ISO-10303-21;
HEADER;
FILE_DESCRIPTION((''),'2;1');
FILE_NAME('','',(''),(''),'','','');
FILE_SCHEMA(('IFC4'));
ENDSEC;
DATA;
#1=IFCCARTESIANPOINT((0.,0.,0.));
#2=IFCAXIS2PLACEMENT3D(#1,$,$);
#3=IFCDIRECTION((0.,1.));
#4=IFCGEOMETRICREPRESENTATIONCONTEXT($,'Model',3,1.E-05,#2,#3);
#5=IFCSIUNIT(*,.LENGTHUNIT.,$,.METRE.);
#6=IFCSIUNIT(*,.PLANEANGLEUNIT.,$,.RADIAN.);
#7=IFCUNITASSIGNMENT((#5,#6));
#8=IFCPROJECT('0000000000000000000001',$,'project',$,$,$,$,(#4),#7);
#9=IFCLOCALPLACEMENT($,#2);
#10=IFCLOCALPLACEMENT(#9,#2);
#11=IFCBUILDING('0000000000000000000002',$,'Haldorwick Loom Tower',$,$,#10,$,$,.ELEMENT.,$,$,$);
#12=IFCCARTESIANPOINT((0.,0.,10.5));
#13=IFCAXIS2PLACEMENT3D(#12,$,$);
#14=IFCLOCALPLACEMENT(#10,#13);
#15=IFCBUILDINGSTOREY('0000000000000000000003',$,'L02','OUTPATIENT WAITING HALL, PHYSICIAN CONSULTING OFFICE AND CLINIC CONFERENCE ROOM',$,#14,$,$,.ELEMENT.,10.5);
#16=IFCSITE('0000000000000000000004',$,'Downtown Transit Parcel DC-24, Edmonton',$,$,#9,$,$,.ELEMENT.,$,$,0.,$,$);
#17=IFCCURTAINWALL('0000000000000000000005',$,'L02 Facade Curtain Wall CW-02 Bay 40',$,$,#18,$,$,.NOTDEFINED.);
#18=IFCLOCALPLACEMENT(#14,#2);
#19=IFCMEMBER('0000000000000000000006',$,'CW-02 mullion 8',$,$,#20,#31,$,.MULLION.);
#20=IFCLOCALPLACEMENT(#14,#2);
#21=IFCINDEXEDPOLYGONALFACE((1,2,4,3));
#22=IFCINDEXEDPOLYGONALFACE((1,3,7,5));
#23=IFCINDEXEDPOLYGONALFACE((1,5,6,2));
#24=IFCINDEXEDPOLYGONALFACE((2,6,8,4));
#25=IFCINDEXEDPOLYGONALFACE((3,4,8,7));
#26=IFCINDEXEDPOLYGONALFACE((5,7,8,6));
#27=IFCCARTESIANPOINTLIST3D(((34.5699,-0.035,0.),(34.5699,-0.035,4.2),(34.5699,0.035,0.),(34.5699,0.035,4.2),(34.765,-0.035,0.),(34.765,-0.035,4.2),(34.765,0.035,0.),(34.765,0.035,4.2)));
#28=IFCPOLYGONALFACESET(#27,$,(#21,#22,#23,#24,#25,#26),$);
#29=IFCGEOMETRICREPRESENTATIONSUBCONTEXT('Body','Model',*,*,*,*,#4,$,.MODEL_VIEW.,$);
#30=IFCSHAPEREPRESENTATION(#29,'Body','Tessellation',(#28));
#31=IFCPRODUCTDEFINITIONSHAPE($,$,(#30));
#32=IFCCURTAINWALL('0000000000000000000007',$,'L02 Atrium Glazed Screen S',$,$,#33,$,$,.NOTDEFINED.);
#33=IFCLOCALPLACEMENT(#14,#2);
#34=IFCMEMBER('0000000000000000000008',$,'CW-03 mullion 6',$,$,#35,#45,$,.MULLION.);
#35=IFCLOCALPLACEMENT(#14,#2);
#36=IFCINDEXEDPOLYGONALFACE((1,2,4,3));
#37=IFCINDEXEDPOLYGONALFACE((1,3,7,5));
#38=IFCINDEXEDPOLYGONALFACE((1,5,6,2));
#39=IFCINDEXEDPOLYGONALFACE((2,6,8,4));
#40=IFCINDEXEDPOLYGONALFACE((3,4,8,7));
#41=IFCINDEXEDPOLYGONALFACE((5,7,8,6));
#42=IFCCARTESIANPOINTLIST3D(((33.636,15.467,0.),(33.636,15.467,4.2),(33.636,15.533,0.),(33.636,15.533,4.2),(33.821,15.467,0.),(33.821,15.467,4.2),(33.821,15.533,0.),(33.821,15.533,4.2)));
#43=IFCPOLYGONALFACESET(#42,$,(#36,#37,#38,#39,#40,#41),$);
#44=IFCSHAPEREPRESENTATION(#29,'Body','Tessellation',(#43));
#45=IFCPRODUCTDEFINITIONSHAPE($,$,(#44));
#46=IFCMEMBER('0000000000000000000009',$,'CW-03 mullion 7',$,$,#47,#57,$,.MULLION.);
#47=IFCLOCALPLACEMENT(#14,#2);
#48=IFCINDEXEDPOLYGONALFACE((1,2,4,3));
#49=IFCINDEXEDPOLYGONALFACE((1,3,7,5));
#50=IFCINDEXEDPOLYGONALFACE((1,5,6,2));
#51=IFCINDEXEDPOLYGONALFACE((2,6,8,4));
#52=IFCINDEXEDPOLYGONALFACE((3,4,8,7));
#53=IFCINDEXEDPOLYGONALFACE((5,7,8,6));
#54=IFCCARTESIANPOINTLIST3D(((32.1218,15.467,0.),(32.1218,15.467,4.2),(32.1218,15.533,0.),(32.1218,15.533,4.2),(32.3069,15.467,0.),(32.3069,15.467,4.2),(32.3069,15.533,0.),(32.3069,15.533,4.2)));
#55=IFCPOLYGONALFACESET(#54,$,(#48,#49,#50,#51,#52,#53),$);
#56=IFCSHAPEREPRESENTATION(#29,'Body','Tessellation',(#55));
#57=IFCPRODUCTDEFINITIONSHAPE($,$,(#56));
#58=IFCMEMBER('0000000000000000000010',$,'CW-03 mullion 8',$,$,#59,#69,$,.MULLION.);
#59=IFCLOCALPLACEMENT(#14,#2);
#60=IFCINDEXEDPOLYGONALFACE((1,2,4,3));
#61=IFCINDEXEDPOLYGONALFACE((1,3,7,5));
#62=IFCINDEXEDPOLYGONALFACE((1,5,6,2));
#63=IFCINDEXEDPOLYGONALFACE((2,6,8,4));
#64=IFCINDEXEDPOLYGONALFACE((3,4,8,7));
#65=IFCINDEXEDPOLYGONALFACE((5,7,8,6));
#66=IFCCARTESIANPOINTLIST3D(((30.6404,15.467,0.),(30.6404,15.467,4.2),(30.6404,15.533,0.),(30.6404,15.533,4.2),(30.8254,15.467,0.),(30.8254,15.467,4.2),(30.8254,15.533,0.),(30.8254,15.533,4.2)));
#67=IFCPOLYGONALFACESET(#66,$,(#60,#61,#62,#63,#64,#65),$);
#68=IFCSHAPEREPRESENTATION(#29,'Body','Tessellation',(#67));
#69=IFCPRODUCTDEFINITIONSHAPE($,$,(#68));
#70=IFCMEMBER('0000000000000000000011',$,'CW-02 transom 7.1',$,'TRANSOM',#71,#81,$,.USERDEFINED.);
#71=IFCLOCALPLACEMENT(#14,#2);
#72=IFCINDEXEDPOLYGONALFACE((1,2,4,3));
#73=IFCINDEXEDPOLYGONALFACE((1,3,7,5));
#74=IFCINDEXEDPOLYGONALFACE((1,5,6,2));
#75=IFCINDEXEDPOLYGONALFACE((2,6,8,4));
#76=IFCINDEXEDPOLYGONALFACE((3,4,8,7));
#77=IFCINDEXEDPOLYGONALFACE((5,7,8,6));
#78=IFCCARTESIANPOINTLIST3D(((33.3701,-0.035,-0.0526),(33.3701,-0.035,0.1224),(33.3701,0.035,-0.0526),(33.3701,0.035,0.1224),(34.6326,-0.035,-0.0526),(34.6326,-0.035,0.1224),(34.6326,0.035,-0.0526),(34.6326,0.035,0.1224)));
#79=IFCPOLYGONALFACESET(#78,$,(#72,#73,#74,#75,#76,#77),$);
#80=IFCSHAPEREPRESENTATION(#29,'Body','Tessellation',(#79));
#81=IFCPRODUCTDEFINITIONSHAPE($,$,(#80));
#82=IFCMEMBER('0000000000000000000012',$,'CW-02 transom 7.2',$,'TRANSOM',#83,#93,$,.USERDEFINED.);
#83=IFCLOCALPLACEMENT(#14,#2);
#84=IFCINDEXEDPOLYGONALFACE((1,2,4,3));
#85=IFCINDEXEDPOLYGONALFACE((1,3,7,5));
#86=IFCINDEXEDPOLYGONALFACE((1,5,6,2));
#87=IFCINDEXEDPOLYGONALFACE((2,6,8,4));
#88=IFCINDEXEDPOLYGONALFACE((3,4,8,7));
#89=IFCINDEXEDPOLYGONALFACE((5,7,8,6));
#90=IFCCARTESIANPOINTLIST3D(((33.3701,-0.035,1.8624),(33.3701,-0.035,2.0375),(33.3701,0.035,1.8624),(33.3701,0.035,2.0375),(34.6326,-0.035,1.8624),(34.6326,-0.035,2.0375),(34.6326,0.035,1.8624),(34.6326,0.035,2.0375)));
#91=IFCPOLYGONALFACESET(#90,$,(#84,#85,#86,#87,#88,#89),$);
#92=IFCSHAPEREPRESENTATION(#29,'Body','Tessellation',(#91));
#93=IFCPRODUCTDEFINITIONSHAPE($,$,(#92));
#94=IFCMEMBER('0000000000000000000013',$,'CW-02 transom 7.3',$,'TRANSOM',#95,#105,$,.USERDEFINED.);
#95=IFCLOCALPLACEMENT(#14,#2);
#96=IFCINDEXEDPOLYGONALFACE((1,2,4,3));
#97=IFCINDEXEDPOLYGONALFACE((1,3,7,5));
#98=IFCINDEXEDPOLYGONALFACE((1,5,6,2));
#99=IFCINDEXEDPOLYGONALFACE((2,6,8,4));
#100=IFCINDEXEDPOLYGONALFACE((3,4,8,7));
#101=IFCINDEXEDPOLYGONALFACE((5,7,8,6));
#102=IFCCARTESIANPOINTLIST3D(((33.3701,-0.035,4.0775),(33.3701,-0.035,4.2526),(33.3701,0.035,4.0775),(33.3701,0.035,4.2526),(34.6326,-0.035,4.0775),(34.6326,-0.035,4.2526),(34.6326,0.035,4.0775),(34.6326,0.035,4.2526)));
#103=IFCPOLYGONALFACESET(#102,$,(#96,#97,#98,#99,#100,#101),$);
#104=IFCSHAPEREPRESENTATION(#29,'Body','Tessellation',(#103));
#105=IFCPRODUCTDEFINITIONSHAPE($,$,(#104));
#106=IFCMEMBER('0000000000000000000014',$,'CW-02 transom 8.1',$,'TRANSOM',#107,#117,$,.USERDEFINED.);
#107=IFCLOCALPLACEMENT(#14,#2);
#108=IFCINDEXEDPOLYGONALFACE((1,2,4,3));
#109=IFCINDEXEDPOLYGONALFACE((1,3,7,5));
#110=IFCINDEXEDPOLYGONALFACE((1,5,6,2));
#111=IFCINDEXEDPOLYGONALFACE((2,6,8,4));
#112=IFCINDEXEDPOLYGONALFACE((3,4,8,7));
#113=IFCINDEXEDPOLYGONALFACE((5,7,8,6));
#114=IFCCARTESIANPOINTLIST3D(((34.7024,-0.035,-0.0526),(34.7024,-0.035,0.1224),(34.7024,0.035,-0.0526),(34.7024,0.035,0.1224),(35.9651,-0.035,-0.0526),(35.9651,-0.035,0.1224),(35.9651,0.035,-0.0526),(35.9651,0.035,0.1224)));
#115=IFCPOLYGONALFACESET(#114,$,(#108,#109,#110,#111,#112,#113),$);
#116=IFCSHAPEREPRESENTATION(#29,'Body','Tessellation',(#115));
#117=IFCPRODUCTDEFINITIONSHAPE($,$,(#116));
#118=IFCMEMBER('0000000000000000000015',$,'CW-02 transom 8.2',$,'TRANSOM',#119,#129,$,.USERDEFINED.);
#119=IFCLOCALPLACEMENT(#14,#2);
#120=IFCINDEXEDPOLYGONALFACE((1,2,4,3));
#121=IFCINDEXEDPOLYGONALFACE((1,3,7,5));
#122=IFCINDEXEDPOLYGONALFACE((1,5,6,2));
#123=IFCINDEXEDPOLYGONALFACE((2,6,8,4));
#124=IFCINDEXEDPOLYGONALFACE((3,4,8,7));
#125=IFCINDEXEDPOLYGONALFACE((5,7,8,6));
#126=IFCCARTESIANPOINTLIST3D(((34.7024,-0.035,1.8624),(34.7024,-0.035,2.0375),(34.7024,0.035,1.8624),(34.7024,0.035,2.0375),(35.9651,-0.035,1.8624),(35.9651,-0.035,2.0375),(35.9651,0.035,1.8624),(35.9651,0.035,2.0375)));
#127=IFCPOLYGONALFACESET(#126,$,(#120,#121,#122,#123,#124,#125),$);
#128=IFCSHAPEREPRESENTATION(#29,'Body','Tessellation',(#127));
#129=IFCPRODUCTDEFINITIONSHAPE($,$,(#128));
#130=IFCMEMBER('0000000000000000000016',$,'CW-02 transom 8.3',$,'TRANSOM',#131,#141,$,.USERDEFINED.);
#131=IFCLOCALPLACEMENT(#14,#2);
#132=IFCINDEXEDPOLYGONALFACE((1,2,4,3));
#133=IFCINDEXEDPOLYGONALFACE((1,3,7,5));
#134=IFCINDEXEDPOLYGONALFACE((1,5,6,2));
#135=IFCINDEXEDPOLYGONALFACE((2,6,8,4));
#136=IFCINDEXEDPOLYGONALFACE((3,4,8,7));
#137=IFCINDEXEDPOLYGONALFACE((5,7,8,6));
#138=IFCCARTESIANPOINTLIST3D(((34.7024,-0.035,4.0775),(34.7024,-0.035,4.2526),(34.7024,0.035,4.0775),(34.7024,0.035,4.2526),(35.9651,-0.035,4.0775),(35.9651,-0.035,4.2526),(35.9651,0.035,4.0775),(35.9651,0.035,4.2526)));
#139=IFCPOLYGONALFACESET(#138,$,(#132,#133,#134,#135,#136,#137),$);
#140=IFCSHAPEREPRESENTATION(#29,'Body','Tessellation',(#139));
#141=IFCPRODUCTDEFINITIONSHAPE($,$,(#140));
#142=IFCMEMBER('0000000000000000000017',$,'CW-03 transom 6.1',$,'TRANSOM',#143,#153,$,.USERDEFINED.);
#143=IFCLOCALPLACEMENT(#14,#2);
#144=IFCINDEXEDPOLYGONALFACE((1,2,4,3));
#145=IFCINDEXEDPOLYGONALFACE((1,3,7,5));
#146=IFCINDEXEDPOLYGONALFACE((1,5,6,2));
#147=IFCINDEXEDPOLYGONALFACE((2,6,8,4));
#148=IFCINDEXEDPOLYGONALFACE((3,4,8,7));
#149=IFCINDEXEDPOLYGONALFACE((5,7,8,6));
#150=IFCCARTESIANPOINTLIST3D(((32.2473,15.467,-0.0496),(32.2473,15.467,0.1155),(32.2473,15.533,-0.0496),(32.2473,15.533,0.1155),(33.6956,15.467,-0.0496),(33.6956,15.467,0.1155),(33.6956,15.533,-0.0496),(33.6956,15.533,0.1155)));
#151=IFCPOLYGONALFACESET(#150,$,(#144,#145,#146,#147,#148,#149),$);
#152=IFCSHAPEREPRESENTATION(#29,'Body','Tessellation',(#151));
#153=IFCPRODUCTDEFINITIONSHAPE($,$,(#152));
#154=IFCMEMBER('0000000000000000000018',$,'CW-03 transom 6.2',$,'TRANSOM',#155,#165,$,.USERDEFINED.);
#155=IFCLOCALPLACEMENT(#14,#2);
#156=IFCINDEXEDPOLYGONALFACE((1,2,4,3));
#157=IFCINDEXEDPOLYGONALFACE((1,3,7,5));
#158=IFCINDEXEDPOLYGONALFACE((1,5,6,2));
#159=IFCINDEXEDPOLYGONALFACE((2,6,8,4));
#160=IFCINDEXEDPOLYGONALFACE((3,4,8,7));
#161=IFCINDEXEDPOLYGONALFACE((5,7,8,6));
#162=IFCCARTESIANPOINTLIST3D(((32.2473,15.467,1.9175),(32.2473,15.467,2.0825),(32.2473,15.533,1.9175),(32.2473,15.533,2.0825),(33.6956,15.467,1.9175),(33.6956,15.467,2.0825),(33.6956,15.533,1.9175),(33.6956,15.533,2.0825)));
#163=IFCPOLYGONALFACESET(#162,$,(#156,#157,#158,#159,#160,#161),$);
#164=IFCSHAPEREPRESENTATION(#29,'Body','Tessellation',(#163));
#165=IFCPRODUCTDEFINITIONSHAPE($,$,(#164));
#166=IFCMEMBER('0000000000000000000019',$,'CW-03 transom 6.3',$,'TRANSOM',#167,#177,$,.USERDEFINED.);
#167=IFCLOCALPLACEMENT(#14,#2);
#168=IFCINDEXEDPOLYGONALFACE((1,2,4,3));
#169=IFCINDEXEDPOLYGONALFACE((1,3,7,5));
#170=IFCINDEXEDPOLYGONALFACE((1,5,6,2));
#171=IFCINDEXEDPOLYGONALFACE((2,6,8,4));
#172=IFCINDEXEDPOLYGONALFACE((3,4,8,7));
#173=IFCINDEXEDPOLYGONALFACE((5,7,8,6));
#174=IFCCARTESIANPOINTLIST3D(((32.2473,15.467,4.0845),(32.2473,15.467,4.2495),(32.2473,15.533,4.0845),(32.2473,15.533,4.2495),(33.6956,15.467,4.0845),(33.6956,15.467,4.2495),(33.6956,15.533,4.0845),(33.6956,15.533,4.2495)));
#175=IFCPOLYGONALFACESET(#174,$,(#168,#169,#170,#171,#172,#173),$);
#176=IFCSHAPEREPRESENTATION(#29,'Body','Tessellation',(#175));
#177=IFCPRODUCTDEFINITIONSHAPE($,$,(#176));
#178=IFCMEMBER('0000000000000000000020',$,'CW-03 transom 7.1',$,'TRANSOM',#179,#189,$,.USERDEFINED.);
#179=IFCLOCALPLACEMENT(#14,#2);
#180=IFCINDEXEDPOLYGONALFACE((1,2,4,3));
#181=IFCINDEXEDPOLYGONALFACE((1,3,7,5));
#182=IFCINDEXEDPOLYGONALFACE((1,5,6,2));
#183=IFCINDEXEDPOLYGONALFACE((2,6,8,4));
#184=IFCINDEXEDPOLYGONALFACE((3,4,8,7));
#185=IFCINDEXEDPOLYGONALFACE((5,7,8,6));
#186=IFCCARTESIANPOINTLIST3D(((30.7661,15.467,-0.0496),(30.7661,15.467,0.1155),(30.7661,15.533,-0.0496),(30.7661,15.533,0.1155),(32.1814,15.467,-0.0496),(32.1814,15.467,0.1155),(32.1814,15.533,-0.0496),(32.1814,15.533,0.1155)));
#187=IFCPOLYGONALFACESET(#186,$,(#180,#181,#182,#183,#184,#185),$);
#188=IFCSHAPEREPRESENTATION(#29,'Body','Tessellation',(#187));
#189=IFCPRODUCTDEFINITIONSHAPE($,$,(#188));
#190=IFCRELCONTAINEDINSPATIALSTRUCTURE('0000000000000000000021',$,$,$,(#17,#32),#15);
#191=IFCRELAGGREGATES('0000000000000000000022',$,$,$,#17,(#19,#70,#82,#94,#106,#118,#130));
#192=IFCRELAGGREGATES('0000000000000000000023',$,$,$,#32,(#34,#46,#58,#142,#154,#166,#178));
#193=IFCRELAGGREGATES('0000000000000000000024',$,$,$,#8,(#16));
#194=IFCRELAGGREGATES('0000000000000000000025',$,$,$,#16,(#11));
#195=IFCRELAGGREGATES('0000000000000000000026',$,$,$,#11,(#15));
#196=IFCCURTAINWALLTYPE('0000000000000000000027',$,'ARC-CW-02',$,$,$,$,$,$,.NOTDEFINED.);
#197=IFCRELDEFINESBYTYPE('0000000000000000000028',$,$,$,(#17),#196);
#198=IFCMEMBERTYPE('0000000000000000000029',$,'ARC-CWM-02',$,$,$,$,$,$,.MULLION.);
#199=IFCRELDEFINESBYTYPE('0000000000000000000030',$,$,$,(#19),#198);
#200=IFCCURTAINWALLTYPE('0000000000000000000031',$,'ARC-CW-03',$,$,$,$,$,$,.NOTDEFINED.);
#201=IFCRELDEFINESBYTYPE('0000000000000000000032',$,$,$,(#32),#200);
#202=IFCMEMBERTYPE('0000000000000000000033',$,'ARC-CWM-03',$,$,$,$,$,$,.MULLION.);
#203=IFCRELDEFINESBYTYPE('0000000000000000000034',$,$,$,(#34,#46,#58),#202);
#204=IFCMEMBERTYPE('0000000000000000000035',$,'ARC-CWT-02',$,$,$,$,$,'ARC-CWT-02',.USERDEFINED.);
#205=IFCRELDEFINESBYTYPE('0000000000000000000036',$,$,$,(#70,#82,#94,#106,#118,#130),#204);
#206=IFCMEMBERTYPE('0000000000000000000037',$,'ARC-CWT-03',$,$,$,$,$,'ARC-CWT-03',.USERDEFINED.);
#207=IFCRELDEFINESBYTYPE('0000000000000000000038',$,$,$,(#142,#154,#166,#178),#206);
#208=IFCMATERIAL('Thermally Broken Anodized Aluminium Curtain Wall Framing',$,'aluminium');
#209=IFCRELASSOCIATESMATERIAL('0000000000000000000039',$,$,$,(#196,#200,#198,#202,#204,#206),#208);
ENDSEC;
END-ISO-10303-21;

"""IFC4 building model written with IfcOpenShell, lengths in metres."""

from ifc_helpers import new_model, si_unit, direction, frame, origin, origin_2d, place, context, subcontext, project, spatial, rectangle, extrude, material, material_profile, profile_set, type_object, element, aggregate, save


model = new_model("IFC4")

# Units and contexts
model_context = context("Model", 3, precision=1e-05, world=origin(), true_north=direction((0.0, 1.0)))
body_context = subcontext(model_context, "Body", "Model", "MODEL_VIEW")
ifc_project = project(units=[si_unit("LENGTHUNIT", "METRE"), si_unit("PLANEANGLEUNIT", "RADIAN")], contexts=[model_context])

# Site, building, storey
site_placement = place(None, origin())
site = spatial("IfcSite", under=ifc_project, at=site_placement, Name="Downtown Transit Parcel DC-24, Edmonton", CompositionType="ELEMENT", RefElevation=0.0)
building_placement = place(site_placement, origin())
building = spatial("IfcBuilding", under=site, at=building_placement, Name="Haldorwick Loom Tower", CompositionType="ELEMENT")
storey_placement = place(building_placement, frame((0.0, 0.0, 10.5)))
storey = spatial("IfcBuildingStorey", under=building, at=storey_placement, Name="L02", Description="OUTPATIENT WAITING HALL, PHYSICIAN CONSULTING OFFICE AND CLINIC CONFERENCE ROOM", CompositionType="ELEMENT", Elevation=10.5)

# Curtain wall, member
ifc_material_1 = material(Name="Thermally Broken Anodized Aluminium Curtain Wall Framing", Category="aluminium")
curtain_wall_type_1 = type_object("IfcCurtainWallType", Name="ARC-CW-02", PredefinedType="NOTDEFINED", material=ifc_material_1)
curtain_wall_1_placement = place(storey_placement, origin())
curtain_wall_1 = element("IfcCurtainWall", 1, at=curtain_wall_1_placement, inside=storey, type_object=curtain_wall_type_1, Name="L02 Facade Curtain Wall CW-02 Bay 40", PredefinedType="NOTDEFINED")
ifc_material_profile_1 = material_profile(ifc_material_1, rectangle(XDim=0.0701, YDim=0.1951, at=origin_2d()), Name="ALU_MUL_70X195", Category="aluminium")
ifc_profile_set_1 = profile_set([ifc_material_profile_1], Name="Thermally Broken Anodized Aluminium Curtain Wall Framing")
member_type_1 = type_object("IfcMemberType", Name="ARC-CWM-02", PredefinedType="MULLION", material=ifc_profile_set_1)
member_1_placement = place(storey_placement, frame((34.6675, 0.0, 0.0), z_axis=(0.0, 0.0, 1.0), x_axis=(0.0, 1.0, 0.0)))
member_1 = element("IfcMember", 2, at=member_1_placement, type_object=member_type_1, Name="CW-02 mullion 8", PredefinedType="MULLION", context=body_context, shape_type="SweptSolid", body=[
    extrude(rectangle(XDim=0.0701, YDim=0.1951, at=origin_2d()), origin(), (0.0, 0.0, 1.0), 4.2),
])

# Curtain wall, members
curtain_wall_type_2 = type_object("IfcCurtainWallType", Name="ARC-CW-03", PredefinedType="NOTDEFINED", material=ifc_material_1)
curtain_wall_2_placement = place(storey_placement, origin())
curtain_wall_2 = element("IfcCurtainWall", 3, at=curtain_wall_2_placement, inside=storey, type_object=curtain_wall_type_2, Name="L02 Atrium Glazed Screen S", PredefinedType="NOTDEFINED")
ifc_material_profile_2 = material_profile(ifc_material_1, rectangle(XDim=0.0659, YDim=0.1851, at=origin_2d()), Name="ALU_MUL_66X185", Category="aluminium")
ifc_profile_set_2 = profile_set([ifc_material_profile_2], Name="Thermally Broken Anodized Aluminium Curtain Wall Framing")
member_type_2 = type_object("IfcMemberType", Name="ARC-CWM-03", PredefinedType="MULLION", material=ifc_profile_set_2)
member_2_placement = place(storey_placement, frame((33.7285, 15.5, 0.0), z_axis=(0.0, 0.0, 1.0), x_axis=(0.0, -1.0, 0.0)))
member_2 = element("IfcMember", 4, at=member_2_placement, type_object=member_type_2, Name="CW-03 mullion 6", PredefinedType="MULLION", context=body_context, shape_type="SweptSolid", body=[
    extrude(rectangle(XDim=0.0659, YDim=0.1851, at=origin_2d()), origin(), (0.0, 0.0, 1.0), 4.2),
])
member_3_placement = place(storey_placement, frame((32.2144, 15.5, 0.0), z_axis=(0.0, 0.0, 1.0), x_axis=(0.0, -1.0, 0.0)))
member_3 = element("IfcMember", 5, at=member_3_placement, type_object=member_type_2, Name="CW-03 mullion 7", PredefinedType="MULLION", context=body_context, shape_type="SweptSolid", body=[
    extrude(rectangle(XDim=0.0659, YDim=0.1851, at=origin_2d()), origin(), (0.0, 0.0, 1.0), 4.2),
])
member_4_placement = place(storey_placement, frame((30.7329, 15.5, 0.0), z_axis=(0.0, 0.0, 1.0), x_axis=(0.0, -1.0, 0.0)))
member_4 = element("IfcMember", 6, at=member_4_placement, type_object=member_type_2, Name="CW-03 mullion 8", PredefinedType="MULLION", context=body_context, shape_type="SweptSolid", body=[
    extrude(rectangle(XDim=0.0659, YDim=0.1851, at=origin_2d()), origin(), (0.0, 0.0, 1.0), 4.2),
])

# Members
ifc_material_profile_3 = material_profile(ifc_material_1, rectangle(XDim=0.0701, YDim=0.175, at=origin_2d()), Name="ALU_TRN_70X175", Category="aluminium")
ifc_profile_set_3 = profile_set([ifc_material_profile_3], Name="Thermally Broken Anodized Aluminium Curtain Wall Framing")
member_type_3 = type_object("IfcMemberType", Name="ARC-CWT-02", ElementType="ARC-CWT-02", PredefinedType="USERDEFINED", material=ifc_profile_set_3)
member_5_placement = place(storey_placement, frame((33.3701, 0.0, 0.0349), z_axis=(1.0, 0.0, 0.0), x_axis=(0.0, 1.0, 0.0)))
member_5 = element("IfcMember", 7, at=member_5_placement, type_object=member_type_3, Name="CW-02 transom 7.1", ObjectType="TRANSOM", PredefinedType="USERDEFINED", context=body_context, shape_type="SweptSolid", body=[
    extrude(rectangle(XDim=0.0701, YDim=0.175, at=origin_2d()), origin(), (0.0, 0.0, 1.0), 1.2625),
])
member_6_placement = place(storey_placement, frame((33.3701, 0.0, 1.95), z_axis=(1.0, 0.0, 0.0), x_axis=(0.0, 1.0, 0.0)))
member_6 = element("IfcMember", 8, at=member_6_placement, type_object=member_type_3, Name="CW-02 transom 7.2", ObjectType="TRANSOM", PredefinedType="USERDEFINED", context=body_context, shape_type="SweptSolid", body=[
    extrude(rectangle(XDim=0.0701, YDim=0.175, at=origin_2d()), origin(), (0.0, 0.0, 1.0), 1.2625),
])
member_7_placement = place(storey_placement, frame((33.3701, 0.0, 4.165), z_axis=(1.0, 0.0, 0.0), x_axis=(0.0, 1.0, 0.0)))
member_7 = element("IfcMember", 9, at=member_7_placement, type_object=member_type_3, Name="CW-02 transom 7.3", ObjectType="TRANSOM", PredefinedType="USERDEFINED", context=body_context, shape_type="SweptSolid", body=[
    extrude(rectangle(XDim=0.0701, YDim=0.175, at=origin_2d()), origin(), (0.0, 0.0, 1.0), 1.2625),
])
member_8_placement = place(storey_placement, frame((34.7024, 0.0, 0.0349), z_axis=(1.0, 0.0, 0.0), x_axis=(0.0, 1.0, 0.0)))
member_8 = element("IfcMember", 10, at=member_8_placement, type_object=member_type_3, Name="CW-02 transom 8.1", ObjectType="TRANSOM", PredefinedType="USERDEFINED", context=body_context, shape_type="SweptSolid", body=[
    extrude(rectangle(XDim=0.0701, YDim=0.175, at=origin_2d()), origin(), (0.0, 0.0, 1.0), 1.2627),
])
member_9_placement = place(storey_placement, frame((34.7024, 0.0, 1.95), z_axis=(1.0, 0.0, 0.0), x_axis=(0.0, 1.0, 0.0)))
member_9 = element("IfcMember", 11, at=member_9_placement, type_object=member_type_3, Name="CW-02 transom 8.2", ObjectType="TRANSOM", PredefinedType="USERDEFINED", context=body_context, shape_type="SweptSolid", body=[
    extrude(rectangle(XDim=0.0701, YDim=0.175, at=origin_2d()), origin(), (0.0, 0.0, 1.0), 1.2627),
])
member_10_placement = place(storey_placement, frame((34.7024, 0.0, 4.165), z_axis=(1.0, 0.0, 0.0), x_axis=(0.0, 1.0, 0.0)))
member_10 = element("IfcMember", 12, at=member_10_placement, type_object=member_type_3, Name="CW-02 transom 8.3", ObjectType="TRANSOM", PredefinedType="USERDEFINED", context=body_context, shape_type="SweptSolid", body=[
    extrude(rectangle(XDim=0.0701, YDim=0.175, at=origin_2d()), origin(), (0.0, 0.0, 1.0), 1.2627),
])
ifc_material_profile_4 = material_profile(ifc_material_1, rectangle(XDim=0.0659, YDim=0.165, at=origin_2d()), Name="ALU_TRN_66X165", Category="aluminium")
ifc_profile_set_4 = profile_set([ifc_material_profile_4], Name="Thermally Broken Anodized Aluminium Curtain Wall Framing")
member_type_4 = type_object("IfcMemberType", Name="ARC-CWT-03", ElementType="ARC-CWT-03", PredefinedType="USERDEFINED", material=ifc_profile_set_4)
member_11_placement = place(storey_placement, frame((33.6956, 15.5, 0.033), z_axis=(-1.0, 0.0, 0.0), x_axis=(0.0, -1.0, 0.0)))
member_11 = element("IfcMember", 13, at=member_11_placement, type_object=member_type_4, Name="CW-03 transom 6.1", ObjectType="TRANSOM", PredefinedType="USERDEFINED", context=body_context, shape_type="SweptSolid", body=[
    extrude(rectangle(XDim=0.0659, YDim=0.165, at=origin_2d()), origin(), (0.0, 0.0, 1.0), 1.4482),
])
member_12_placement = place(storey_placement, frame((33.6956, 15.5, 2.0), z_axis=(-1.0, 0.0, 0.0), x_axis=(0.0, -1.0, 0.0)))
member_12 = element("IfcMember", 14, at=member_12_placement, type_object=member_type_4, Name="CW-03 transom 6.2", ObjectType="TRANSOM", PredefinedType="USERDEFINED", context=body_context, shape_type="SweptSolid", body=[
    extrude(rectangle(XDim=0.0659, YDim=0.165, at=origin_2d()), origin(), (0.0, 0.0, 1.0), 1.4482),
])
member_13_placement = place(storey_placement, frame((33.6956, 15.5, 4.167), z_axis=(-1.0, 0.0, 0.0), x_axis=(0.0, -1.0, 0.0)))
member_13 = element("IfcMember", 15, at=member_13_placement, type_object=member_type_4, Name="CW-03 transom 6.3", ObjectType="TRANSOM", PredefinedType="USERDEFINED", context=body_context, shape_type="SweptSolid", body=[
    extrude(rectangle(XDim=0.0659, YDim=0.165, at=origin_2d()), origin(), (0.0, 0.0, 1.0), 1.4482),
])
member_14_placement = place(storey_placement, frame((32.1814, 15.5, 0.033), z_axis=(-1.0, 0.0, 0.0), x_axis=(0.0, -1.0, 0.0)))
member_14 = element("IfcMember", 16, at=member_14_placement, type_object=member_type_4, Name="CW-03 transom 7.1", ObjectType="TRANSOM", PredefinedType="USERDEFINED", context=body_context, shape_type="SweptSolid", body=[
    extrude(rectangle(XDim=0.0659, YDim=0.165, at=origin_2d()), origin(), (0.0, 0.0, 1.0), 1.4153),
])

aggregate(curtain_wall_1, [member_1, member_5, member_6, member_7, member_8, member_9, member_10])
aggregate(curtain_wall_2, [member_2, member_3, member_4, member_11, member_12, member_13, member_14])

save(model, "model.ifc")
